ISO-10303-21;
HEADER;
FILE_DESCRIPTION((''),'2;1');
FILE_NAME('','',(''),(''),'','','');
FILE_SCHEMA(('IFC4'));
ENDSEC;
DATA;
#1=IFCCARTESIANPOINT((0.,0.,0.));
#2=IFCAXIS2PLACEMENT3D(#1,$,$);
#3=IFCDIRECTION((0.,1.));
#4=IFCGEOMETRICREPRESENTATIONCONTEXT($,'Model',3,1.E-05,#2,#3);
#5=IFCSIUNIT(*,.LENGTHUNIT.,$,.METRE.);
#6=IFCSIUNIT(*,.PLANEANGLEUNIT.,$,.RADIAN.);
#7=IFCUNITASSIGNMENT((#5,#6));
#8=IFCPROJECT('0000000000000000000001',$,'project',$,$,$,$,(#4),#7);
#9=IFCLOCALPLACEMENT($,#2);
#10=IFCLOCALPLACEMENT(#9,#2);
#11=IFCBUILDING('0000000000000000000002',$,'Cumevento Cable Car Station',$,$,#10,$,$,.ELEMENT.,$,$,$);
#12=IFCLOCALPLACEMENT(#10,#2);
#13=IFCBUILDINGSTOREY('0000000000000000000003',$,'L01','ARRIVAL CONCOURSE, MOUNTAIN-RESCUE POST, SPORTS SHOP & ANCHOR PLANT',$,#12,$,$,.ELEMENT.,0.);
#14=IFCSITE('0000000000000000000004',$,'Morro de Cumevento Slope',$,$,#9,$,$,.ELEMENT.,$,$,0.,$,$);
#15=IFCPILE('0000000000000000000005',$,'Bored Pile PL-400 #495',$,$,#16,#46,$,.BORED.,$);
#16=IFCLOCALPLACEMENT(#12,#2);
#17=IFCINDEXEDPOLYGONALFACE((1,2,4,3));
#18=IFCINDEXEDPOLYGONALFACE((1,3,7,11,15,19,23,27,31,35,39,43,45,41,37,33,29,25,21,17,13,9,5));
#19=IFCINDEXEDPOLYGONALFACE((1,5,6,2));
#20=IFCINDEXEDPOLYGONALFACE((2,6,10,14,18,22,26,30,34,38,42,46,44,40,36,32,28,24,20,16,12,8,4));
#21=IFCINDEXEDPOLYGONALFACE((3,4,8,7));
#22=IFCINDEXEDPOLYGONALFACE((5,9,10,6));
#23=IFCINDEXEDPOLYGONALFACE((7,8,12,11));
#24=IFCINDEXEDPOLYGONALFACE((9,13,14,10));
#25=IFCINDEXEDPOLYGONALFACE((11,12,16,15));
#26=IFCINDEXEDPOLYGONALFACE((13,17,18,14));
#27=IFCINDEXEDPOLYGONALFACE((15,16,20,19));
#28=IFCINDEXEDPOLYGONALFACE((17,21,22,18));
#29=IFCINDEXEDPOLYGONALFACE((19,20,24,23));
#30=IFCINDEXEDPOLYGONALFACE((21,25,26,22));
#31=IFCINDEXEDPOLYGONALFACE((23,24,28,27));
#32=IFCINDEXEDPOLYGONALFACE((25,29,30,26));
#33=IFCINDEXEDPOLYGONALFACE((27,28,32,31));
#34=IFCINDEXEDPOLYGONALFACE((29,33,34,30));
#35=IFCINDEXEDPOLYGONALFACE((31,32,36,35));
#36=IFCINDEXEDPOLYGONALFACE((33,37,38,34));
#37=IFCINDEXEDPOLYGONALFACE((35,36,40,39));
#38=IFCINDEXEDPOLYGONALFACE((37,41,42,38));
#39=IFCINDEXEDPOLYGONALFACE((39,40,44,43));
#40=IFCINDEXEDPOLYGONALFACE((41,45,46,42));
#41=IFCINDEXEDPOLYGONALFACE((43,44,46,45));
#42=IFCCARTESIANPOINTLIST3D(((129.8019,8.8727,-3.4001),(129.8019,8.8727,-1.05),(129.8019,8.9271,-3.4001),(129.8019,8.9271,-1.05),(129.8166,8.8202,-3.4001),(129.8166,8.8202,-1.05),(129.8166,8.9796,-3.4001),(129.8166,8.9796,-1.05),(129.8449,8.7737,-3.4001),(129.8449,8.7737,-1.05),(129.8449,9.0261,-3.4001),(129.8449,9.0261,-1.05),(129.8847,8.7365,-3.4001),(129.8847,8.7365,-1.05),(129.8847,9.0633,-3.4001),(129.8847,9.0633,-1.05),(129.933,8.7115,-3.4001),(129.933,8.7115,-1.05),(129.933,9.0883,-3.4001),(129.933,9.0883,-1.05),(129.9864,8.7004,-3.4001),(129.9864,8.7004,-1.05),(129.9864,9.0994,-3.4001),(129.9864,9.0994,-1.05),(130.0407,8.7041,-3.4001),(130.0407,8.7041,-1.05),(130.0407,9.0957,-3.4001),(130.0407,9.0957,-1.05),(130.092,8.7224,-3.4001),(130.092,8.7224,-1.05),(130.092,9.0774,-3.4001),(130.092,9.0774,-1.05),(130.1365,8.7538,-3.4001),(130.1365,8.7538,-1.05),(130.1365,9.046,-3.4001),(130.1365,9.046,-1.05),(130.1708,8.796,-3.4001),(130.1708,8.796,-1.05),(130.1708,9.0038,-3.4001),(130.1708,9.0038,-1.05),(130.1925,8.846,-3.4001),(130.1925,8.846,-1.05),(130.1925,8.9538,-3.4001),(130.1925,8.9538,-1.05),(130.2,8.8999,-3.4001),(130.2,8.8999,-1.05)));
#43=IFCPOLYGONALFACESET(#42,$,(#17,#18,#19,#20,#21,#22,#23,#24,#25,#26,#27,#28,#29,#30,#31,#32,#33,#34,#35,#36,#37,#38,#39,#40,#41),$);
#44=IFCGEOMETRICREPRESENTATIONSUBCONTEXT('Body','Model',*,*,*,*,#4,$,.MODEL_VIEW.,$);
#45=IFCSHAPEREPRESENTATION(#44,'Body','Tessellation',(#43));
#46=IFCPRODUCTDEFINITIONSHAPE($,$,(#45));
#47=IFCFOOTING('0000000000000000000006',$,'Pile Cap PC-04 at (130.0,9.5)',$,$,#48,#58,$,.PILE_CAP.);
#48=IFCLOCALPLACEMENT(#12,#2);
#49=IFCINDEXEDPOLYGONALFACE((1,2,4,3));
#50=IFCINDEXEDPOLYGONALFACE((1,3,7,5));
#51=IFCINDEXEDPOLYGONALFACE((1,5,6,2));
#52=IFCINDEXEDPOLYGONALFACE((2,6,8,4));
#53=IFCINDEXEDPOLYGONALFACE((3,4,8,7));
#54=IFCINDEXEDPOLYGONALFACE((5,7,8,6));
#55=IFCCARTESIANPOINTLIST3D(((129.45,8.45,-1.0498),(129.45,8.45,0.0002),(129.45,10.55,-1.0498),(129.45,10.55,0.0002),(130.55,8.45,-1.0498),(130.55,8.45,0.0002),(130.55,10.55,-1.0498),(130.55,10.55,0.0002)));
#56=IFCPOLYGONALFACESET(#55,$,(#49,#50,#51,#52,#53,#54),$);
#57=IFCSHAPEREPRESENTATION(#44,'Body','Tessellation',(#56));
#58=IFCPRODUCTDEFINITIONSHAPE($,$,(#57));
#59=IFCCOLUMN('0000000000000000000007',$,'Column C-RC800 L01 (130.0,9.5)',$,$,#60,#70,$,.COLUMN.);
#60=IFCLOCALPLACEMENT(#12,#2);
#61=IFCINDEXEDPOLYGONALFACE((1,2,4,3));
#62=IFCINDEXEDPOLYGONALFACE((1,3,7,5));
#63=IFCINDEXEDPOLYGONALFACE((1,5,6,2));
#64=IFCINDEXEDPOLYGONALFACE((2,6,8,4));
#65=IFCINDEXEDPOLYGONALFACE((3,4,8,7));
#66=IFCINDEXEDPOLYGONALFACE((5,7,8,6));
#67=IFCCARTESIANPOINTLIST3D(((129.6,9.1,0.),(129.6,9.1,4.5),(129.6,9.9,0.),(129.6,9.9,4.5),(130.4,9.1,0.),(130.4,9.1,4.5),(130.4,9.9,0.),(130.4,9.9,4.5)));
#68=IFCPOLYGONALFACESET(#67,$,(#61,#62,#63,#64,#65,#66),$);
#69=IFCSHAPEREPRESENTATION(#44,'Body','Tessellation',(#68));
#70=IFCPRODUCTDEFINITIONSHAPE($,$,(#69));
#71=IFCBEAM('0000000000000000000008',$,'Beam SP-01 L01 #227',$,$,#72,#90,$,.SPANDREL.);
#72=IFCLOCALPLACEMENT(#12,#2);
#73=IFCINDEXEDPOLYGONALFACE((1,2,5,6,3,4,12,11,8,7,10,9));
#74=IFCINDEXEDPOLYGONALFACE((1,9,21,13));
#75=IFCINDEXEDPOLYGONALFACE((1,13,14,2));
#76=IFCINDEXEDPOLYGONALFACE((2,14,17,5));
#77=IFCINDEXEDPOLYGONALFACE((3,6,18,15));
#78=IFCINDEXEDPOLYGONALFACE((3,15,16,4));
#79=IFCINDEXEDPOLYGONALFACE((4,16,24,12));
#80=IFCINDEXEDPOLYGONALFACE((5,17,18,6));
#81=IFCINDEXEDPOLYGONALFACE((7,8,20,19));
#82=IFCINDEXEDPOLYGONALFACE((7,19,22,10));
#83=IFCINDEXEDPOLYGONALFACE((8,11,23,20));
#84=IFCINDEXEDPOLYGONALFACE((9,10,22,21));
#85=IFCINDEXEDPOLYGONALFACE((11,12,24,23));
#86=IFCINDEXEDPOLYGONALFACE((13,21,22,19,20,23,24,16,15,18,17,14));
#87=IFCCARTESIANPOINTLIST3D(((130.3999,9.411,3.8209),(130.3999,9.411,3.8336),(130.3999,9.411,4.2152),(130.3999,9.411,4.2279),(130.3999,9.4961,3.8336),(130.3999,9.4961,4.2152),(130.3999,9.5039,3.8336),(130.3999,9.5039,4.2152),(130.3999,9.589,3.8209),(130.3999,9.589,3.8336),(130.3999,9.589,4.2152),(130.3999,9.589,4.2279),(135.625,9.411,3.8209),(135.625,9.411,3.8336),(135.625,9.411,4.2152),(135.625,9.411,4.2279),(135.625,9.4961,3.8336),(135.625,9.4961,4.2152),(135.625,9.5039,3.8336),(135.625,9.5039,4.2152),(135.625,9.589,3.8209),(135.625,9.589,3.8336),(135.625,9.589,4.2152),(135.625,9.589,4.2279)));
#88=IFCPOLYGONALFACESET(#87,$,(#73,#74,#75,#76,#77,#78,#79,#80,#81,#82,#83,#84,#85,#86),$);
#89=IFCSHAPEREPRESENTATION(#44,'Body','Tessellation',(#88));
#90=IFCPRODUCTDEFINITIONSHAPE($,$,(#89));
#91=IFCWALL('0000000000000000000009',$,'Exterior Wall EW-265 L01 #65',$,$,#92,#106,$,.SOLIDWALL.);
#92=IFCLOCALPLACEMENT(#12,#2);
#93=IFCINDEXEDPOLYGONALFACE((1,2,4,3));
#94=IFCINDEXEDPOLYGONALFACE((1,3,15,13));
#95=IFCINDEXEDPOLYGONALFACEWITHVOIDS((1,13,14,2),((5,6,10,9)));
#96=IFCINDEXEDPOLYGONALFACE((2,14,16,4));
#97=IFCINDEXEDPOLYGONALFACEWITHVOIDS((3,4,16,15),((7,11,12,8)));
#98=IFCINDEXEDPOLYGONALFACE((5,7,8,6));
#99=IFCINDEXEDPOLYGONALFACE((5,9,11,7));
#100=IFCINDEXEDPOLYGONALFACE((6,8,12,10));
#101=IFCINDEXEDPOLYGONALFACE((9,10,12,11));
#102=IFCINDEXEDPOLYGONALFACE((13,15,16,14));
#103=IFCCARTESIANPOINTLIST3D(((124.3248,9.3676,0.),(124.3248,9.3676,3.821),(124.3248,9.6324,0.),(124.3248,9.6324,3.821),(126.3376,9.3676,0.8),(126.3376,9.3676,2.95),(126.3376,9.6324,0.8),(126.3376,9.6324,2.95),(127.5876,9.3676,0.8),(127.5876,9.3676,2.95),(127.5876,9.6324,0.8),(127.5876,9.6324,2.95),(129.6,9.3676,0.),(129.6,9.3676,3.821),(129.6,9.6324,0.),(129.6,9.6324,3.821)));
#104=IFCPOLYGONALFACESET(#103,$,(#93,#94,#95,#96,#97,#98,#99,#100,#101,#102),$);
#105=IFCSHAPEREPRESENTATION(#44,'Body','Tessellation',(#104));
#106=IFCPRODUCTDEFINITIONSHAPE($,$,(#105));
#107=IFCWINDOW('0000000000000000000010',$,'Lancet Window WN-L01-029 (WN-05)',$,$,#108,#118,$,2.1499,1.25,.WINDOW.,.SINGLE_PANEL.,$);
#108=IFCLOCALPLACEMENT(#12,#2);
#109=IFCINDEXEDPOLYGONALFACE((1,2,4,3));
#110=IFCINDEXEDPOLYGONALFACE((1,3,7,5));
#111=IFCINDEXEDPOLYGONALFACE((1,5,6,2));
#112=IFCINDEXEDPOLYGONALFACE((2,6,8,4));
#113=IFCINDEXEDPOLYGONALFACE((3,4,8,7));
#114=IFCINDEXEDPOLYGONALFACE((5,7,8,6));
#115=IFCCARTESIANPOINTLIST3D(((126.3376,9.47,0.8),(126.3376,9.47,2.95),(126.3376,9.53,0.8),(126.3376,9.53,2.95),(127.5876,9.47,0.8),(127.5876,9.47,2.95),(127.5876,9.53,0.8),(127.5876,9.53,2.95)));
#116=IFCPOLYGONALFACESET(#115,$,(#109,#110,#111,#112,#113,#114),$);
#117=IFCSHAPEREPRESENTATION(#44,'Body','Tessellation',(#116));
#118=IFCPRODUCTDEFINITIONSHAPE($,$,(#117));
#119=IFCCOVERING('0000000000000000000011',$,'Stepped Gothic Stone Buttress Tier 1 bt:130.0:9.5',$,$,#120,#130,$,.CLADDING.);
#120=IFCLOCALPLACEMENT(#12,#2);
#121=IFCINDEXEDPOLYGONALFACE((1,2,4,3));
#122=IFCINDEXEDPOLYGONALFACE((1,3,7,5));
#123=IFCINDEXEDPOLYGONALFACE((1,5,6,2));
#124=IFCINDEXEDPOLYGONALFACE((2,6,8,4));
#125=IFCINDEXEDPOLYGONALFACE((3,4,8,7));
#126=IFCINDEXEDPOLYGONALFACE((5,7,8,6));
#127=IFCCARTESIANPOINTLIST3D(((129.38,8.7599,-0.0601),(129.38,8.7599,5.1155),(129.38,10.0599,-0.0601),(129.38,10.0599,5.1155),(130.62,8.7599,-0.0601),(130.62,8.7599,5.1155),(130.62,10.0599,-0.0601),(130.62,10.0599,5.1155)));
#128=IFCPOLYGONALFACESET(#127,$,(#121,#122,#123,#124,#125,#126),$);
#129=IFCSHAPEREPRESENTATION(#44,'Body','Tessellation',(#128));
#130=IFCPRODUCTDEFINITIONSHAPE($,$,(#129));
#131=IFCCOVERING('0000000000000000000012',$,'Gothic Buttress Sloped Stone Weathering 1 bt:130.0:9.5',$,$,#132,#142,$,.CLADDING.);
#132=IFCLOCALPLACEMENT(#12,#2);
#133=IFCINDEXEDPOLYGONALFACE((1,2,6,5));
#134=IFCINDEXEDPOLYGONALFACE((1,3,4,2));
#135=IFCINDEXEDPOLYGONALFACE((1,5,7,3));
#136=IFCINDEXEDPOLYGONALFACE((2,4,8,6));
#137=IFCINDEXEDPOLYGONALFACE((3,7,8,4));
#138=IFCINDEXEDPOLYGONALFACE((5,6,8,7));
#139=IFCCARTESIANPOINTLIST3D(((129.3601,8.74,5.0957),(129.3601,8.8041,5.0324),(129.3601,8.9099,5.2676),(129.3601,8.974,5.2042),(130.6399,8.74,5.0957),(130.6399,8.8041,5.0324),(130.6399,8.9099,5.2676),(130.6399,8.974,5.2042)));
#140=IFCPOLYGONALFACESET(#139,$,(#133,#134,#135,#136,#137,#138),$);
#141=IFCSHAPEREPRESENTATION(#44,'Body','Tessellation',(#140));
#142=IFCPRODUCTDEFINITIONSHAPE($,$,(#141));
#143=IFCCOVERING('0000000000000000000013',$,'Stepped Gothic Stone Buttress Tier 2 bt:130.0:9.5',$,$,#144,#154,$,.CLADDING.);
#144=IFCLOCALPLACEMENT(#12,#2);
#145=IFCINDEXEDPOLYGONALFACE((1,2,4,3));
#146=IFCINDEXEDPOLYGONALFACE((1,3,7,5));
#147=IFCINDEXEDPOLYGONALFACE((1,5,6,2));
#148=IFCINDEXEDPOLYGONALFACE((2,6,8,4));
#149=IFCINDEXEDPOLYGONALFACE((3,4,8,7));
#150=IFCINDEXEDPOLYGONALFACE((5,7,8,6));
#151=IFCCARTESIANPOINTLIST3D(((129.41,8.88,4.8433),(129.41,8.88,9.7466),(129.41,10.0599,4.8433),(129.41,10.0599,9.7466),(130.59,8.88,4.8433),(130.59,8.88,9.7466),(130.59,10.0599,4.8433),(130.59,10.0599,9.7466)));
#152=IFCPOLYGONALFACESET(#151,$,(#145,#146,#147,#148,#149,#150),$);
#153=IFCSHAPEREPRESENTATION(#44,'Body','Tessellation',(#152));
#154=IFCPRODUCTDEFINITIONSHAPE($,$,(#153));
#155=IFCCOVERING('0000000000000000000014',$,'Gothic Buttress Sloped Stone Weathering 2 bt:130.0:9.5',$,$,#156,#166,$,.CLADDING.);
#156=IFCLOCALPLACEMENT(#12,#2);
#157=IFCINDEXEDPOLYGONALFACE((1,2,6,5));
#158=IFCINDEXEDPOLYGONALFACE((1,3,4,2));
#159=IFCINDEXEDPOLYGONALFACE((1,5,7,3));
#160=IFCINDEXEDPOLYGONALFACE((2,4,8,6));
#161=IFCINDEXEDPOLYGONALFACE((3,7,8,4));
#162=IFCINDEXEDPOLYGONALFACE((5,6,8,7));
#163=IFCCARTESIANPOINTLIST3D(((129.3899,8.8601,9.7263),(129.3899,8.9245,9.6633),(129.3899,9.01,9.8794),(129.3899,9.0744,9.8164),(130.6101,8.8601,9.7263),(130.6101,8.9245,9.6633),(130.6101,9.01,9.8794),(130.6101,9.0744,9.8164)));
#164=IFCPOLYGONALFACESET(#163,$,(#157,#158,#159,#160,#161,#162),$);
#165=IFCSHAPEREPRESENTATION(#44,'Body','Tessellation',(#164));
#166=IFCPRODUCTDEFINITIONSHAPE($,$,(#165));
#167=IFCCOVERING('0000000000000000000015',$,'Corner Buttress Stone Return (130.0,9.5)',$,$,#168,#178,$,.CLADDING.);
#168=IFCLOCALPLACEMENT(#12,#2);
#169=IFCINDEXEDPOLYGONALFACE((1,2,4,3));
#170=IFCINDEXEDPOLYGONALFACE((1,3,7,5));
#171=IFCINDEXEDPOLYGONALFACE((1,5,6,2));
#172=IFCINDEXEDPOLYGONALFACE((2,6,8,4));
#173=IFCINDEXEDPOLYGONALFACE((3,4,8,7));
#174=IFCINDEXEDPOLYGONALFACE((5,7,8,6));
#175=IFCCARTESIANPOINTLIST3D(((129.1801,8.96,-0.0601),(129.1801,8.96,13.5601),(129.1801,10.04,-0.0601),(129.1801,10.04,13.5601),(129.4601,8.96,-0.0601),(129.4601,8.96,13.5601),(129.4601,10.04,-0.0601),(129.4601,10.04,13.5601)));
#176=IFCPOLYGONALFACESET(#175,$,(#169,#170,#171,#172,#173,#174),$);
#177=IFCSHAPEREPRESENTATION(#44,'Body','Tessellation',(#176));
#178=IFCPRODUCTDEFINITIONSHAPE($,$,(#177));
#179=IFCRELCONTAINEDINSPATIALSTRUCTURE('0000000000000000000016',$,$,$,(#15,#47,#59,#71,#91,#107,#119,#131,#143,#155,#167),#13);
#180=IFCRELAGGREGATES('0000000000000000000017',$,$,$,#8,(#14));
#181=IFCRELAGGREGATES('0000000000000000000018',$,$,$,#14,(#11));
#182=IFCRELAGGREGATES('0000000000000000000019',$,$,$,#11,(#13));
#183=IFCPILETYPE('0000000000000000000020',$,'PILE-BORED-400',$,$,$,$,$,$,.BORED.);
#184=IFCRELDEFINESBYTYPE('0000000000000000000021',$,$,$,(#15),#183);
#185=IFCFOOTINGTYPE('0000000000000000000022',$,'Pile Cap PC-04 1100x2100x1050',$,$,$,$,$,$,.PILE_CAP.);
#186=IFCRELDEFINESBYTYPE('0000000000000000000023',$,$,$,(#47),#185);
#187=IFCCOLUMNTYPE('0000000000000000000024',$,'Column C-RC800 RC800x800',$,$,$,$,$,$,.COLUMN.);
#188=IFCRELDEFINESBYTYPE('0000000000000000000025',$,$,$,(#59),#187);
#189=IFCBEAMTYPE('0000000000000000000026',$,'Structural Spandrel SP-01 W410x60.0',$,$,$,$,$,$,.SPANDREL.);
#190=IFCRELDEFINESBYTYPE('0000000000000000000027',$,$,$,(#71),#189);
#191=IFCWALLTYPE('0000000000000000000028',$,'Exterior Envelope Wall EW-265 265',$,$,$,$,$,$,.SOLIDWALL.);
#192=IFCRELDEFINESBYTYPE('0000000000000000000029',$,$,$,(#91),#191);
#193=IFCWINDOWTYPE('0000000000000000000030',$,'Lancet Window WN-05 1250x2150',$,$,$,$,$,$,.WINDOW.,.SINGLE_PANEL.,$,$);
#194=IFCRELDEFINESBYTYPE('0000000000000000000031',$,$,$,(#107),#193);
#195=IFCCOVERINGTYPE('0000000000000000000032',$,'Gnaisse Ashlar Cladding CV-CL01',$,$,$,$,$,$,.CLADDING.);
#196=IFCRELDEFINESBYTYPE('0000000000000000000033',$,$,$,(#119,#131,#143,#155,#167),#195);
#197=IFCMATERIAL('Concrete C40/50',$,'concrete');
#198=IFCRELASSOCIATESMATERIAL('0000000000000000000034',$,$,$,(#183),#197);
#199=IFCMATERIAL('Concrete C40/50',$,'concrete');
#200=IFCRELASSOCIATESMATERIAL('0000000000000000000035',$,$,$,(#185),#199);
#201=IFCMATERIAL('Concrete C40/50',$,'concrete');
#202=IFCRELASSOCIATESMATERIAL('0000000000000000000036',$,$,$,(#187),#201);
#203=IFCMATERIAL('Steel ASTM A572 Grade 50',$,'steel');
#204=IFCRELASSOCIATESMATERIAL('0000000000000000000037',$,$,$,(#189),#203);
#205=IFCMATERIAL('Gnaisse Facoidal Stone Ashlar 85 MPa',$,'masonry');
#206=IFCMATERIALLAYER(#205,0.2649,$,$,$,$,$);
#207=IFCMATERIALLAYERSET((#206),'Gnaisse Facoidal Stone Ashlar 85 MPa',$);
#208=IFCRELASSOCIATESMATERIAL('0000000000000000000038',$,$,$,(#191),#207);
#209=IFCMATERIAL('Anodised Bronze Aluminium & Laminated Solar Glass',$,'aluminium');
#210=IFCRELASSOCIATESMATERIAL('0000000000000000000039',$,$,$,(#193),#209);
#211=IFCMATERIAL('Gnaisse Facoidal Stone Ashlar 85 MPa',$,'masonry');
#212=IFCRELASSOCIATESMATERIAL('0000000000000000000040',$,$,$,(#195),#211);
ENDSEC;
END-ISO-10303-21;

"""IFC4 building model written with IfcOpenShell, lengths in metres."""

from ifc_helpers import new_model, si_unit, direction, frame, frame_2d, origin, origin_2d, place, context, subcontext, project, spatial, polyline, rectangle, circle, i_section, outline, extrude, material, layer, layer_set, material_profile, profile_set, type_object, element, fill, save


model = new_model("IFC4")

# Units and contexts
model_context = context("Model", 3, precision=1e-05, world=origin(), true_north=direction((0.0, 1.0)))
body_context = subcontext(model_context, "Body", "Model", "MODEL_VIEW")
ifc_project = project(units=[si_unit("LENGTHUNIT", "METRE"), si_unit("PLANEANGLEUNIT", "RADIAN")], contexts=[model_context])

# Site, building, storey
site_placement = place(None, origin())
site = spatial("IfcSite", under=ifc_project, at=site_placement, Name="Morro de Cumevento Slope", CompositionType="ELEMENT", RefElevation=0.0)
building_placement = place(site_placement, origin())
building = spatial("IfcBuilding", under=site, at=building_placement, Name="Cumevento Cable Car Station", CompositionType="ELEMENT")
storey_placement = place(building_placement, origin())
storey = spatial("IfcBuildingStorey", under=building, at=storey_placement, Name="L01", Description="ARRIVAL CONCOURSE, MOUNTAIN-RESCUE POST, SPORTS SHOP & ANCHOR PLANT", CompositionType="ELEMENT", Elevation=0.0)

# Pile
ifc_material_1 = material(Name="Concrete C40/50", Category="concrete")
ifc_material_profile_1 = material_profile(ifc_material_1, circle(Radius=0.2, at=origin_2d()), Name="PILE-D400")
ifc_profile_set_1 = profile_set([ifc_material_profile_1], Name="Concrete C40/50")
pile_type = type_object("IfcPileType", Name="PILE-BORED-400", PredefinedType="BORED", material=ifc_profile_set_1)
pile_placement = place(storey_placement, frame((130.0, 8.8999, -1.05), z_axis=(0.0, 0.0, -1.0), x_axis=(1.0, 0.0, 0.0)))
element("IfcPile", 1, at=pile_placement, inside=storey, type_object=pile_type, Name="Bored Pile PL-400 #495", PredefinedType="BORED", context=body_context, shape_type="SweptSolid", body=[
    extrude(circle(Radius=0.2, at=origin_2d()), origin(), (0.0, 0.0, 1.0), 2.3501),
])

# Footing
ifc_material_2 = material(Name="Concrete C40/50", Category="concrete")
footing_type = type_object("IfcFootingType", Name="Pile Cap PC-04 1100x2100x1050", PredefinedType="PILE_CAP", material=ifc_material_2)
footing_placement = place(storey_placement, frame((130.0, 9.5, -1.0498), z_axis=(0.0, 0.0, 1.0), x_axis=(1.0, 0.0, 0.0)))
element("IfcFooting", 2, at=footing_placement, inside=storey, type_object=footing_type, Name="Pile Cap PC-04 at (130.0,9.5)", PredefinedType="PILE_CAP", context=body_context, shape_type="SweptSolid", body=[
    extrude(rectangle(XDim=1.1001, YDim=2.1001, at=origin_2d()), origin(), (0.0, 0.0, 1.0), 1.05),
])

# Column
ifc_material_3 = material(Name="Concrete C40/50", Category="concrete")
ifc_material_profile_2 = material_profile(ifc_material_3, rectangle(XDim=0.8, YDim=0.8, at=origin_2d()), Name="RC800x800")
ifc_profile_set_2 = profile_set([ifc_material_profile_2], Name="Concrete C40/50")
column_type = type_object("IfcColumnType", Name="Column C-RC800 RC800x800", PredefinedType="COLUMN", material=ifc_profile_set_2)
column_placement = place(storey_placement, frame((130.0, 9.5, 0.0), z_axis=(0.0, 0.0, 1.0), x_axis=(1.0, 0.0, 0.0)))
element("IfcColumn", 3, at=column_placement, inside=storey, type_object=column_type, Name="Column C-RC800 L01 (130.0,9.5)", PredefinedType="COLUMN", context=body_context, shape_type="SweptSolid", body=[
    extrude(rectangle(XDim=0.8, YDim=0.8, at=origin_2d()), origin(), (0.0, 0.0, 1.0), 4.5),
])

# Beam
ifc_material_4 = material(Name="Steel ASTM A572 Grade 50", Category="steel")
ifc_material_profile_3 = material_profile(ifc_material_4, i_section(OverallWidth=0.178, OverallDepth=0.407, WebThickness=0.0078, FlangeThickness=0.0127, at=origin_2d()), Name="W410x60.0")
ifc_profile_set_3 = profile_set([ifc_material_profile_3], Name="Steel ASTM A572 Grade 50")
beam_type = type_object("IfcBeamType", Name="Structural Spandrel SP-01 W410x60.0", PredefinedType="SPANDREL", material=ifc_profile_set_3)
beam_placement = place(storey_placement, frame((130.3999, 9.5, 4.0244), z_axis=(1.0, 0.0, 0.0), x_axis=(0.0, 1.0, 0.0)))
element("IfcBeam", 4, at=beam_placement, inside=storey, type_object=beam_type, Name="Beam SP-01 L01 #227", PredefinedType="SPANDREL", context=body_context, shape_type="SweptSolid", body=[
    extrude(i_section(OverallWidth=0.178, OverallDepth=0.407, WebThickness=0.0078, FlangeThickness=0.0127, at=origin_2d()), origin(), (0.0, 0.0, 1.0), 5.2251),
])

# Wall, opening, window
ifc_material_5 = material(Name="Gnaisse Facoidal Stone Ashlar 85 MPa", Category="masonry")
ifc_layer = layer(ifc_material_5, 0.2649)
ifc_layer_set = layer_set([ifc_layer], Name="Gnaisse Facoidal Stone Ashlar 85 MPa")
wall_type = type_object("IfcWallType", Name="Exterior Envelope Wall EW-265 265", PredefinedType="SOLIDWALL", material=ifc_layer_set)
wall_placement = place(storey_placement, frame((129.6001, 9.5, 0.0), z_axis=(0.0, 0.0, 1.0), x_axis=(-1.0, 0.0, 0.0)))
wall = element("IfcWall", 5, at=wall_placement, inside=storey, type_object=wall_type, Name="Exterior Wall EW-265 L01 #65", PredefinedType="SOLIDWALL", context=body_context, shape_type="SweptSolid", body=[
    extrude(rectangle(XDim=5.2751, YDim=0.2649, at=frame_2d((2.6377, 0.0))), origin(), (0.0, 0.0, 1.0), 3.821),
])
opening_placement = place(wall_placement, frame((2.0125, 0.0, 0.8)))
opening = element("IfcOpeningElement", 6, at=opening_placement, cuts=wall, PredefinedType="OPENING", context=body_context, shape_type="SweptSolid", body=[
    extrude(rectangle(XDim=1.25, YDim=2.1499, at=frame_2d((0.625, 1.075))), frame((0.0, 0.1423, 0.0), z_axis=(0.0, -1.0, 0.0), x_axis=(1.0, 0.0, 0.0)), (0.0, 0.0, 1.0), 0.2849),
])
ifc_material_6 = material(Name="Anodised Bronze Aluminium & Laminated Solar Glass", Category="aluminium")
window_type = type_object("IfcWindowType", Name="Lancet Window WN-05 1250x2150", PartitioningType="SINGLE_PANEL", PredefinedType="WINDOW", material=ifc_material_6)
window_placement = place(opening_placement, origin())
window = element("IfcWindow", 7, at=window_placement, inside=storey, type_object=window_type, Name="Lancet Window WN-L01-029 (WN-05)", OverallHeight=2.1499, OverallWidth=1.25, PartitioningType="SINGLE_PANEL", PredefinedType="WINDOW", context=body_context, shape_type="SweptSolid", body=[
    extrude(rectangle(XDim=1.25, YDim=2.1499, at=frame_2d((0.625, 1.075))), frame((0.0, 0.03, 0.0), z_axis=(0.0, -1.0, 0.0), x_axis=(1.0, 0.0, 0.0)), (0.0, 0.0, 1.0), 0.0601),
])
fill(opening, window)

# Coverings
ifc_material_7 = material(Name="Gnaisse Facoidal Stone Ashlar 85 MPa", Category="masonry")
covering_type = type_object("IfcCoveringType", Name="Gnaisse Ashlar Cladding CV-CL01", PredefinedType="CLADDING", material=ifc_material_7)
covering_1_placement = place(storey_placement, frame((130.0, 9.4099, -0.0601), z_axis=(0.0, 0.0, 1.0), x_axis=(1.0, 0.0, 0.0)))
element("IfcCovering", 8, at=covering_1_placement, inside=storey, type_object=covering_type, Name="Stepped Gothic Stone Buttress Tier 1 bt:130.0:9.5", PredefinedType="CLADDING", context=body_context, shape_type="SweptSolid", body=[
    extrude(rectangle(XDim=1.24, YDim=1.3, at=origin_2d()), origin(), (0.0, 0.0, 1.0), 5.1755),
])
covering_2_placement = place(storey_placement, frame((129.3601, 8.74, 5.0957), z_axis=(0.0, -0.711136, 0.703055), x_axis=(1.0, 0.0, 0.0)))
element("IfcCovering", 9, at=covering_2_placement, inside=storey, type_object=covering_type, Name="Gothic Buttress Sloped Stone Weathering 1 bt:130.0:9.5", PredefinedType="CLADDING", context=body_context, shape_type="SweptSolid", body=[
    extrude(outline(polyline([(0.0, 0.0), (1.2798, 0.0), (1.2798, 0.2417), (0.0, 0.2417), (0.0, 0.0)])), origin(), (0.0, 0.0, -1.0), 0.0901),
])
covering_3_placement = place(storey_placement, frame((130.0, 9.47, 4.8433), z_axis=(0.0, 0.0, 1.0), x_axis=(1.0, 0.0, 0.0)))
element("IfcCovering", 10, at=covering_3_placement, inside=storey, type_object=covering_type, Name="Stepped Gothic Stone Buttress Tier 2 bt:130.0:9.5", PredefinedType="CLADDING", context=body_context, shape_type="SweptSolid", body=[
    extrude(rectangle(XDim=1.1799, YDim=1.1799, at=origin_2d()), origin(), (0.0, 0.0, 1.0), 4.9033),
])
covering_4_placement = place(storey_placement, frame((129.3899, 8.8601, 9.7263), z_axis=(0.0, -0.714475, 0.699661), x_axis=(1.0, 0.0, 0.0)))
element("IfcCovering", 11, at=covering_4_placement, inside=storey, type_object=covering_type, Name="Gothic Buttress Sloped Stone Weathering 2 bt:130.0:9.5", PredefinedType="CLADDING", context=body_context, shape_type="SweptSolid", body=[
    extrude(outline(polyline([(0.0, 0.0), (1.2202, 0.0), (1.2202, 0.2142), (0.0, 0.2142), (0.0, 0.0)])), origin(), (0.0, 0.0, -1.0), 0.0901),
])
covering_5_placement = place(storey_placement, frame((129.3201, 9.5, -0.0601), z_axis=(0.0, 0.0, 1.0), x_axis=(1.0, 0.0, 0.0)))
element("IfcCovering", 12, at=covering_5_placement, inside=storey, type_object=covering_type, Name="Corner Buttress Stone Return (130.0,9.5)", PredefinedType="CLADDING", context=body_context, shape_type="SweptSolid", body=[
    extrude(rectangle(XDim=0.28, YDim=1.0801, at=origin_2d()), origin(), (0.0, 0.0, 1.0), 13.6201),
])

save(model, "model.ifc")
